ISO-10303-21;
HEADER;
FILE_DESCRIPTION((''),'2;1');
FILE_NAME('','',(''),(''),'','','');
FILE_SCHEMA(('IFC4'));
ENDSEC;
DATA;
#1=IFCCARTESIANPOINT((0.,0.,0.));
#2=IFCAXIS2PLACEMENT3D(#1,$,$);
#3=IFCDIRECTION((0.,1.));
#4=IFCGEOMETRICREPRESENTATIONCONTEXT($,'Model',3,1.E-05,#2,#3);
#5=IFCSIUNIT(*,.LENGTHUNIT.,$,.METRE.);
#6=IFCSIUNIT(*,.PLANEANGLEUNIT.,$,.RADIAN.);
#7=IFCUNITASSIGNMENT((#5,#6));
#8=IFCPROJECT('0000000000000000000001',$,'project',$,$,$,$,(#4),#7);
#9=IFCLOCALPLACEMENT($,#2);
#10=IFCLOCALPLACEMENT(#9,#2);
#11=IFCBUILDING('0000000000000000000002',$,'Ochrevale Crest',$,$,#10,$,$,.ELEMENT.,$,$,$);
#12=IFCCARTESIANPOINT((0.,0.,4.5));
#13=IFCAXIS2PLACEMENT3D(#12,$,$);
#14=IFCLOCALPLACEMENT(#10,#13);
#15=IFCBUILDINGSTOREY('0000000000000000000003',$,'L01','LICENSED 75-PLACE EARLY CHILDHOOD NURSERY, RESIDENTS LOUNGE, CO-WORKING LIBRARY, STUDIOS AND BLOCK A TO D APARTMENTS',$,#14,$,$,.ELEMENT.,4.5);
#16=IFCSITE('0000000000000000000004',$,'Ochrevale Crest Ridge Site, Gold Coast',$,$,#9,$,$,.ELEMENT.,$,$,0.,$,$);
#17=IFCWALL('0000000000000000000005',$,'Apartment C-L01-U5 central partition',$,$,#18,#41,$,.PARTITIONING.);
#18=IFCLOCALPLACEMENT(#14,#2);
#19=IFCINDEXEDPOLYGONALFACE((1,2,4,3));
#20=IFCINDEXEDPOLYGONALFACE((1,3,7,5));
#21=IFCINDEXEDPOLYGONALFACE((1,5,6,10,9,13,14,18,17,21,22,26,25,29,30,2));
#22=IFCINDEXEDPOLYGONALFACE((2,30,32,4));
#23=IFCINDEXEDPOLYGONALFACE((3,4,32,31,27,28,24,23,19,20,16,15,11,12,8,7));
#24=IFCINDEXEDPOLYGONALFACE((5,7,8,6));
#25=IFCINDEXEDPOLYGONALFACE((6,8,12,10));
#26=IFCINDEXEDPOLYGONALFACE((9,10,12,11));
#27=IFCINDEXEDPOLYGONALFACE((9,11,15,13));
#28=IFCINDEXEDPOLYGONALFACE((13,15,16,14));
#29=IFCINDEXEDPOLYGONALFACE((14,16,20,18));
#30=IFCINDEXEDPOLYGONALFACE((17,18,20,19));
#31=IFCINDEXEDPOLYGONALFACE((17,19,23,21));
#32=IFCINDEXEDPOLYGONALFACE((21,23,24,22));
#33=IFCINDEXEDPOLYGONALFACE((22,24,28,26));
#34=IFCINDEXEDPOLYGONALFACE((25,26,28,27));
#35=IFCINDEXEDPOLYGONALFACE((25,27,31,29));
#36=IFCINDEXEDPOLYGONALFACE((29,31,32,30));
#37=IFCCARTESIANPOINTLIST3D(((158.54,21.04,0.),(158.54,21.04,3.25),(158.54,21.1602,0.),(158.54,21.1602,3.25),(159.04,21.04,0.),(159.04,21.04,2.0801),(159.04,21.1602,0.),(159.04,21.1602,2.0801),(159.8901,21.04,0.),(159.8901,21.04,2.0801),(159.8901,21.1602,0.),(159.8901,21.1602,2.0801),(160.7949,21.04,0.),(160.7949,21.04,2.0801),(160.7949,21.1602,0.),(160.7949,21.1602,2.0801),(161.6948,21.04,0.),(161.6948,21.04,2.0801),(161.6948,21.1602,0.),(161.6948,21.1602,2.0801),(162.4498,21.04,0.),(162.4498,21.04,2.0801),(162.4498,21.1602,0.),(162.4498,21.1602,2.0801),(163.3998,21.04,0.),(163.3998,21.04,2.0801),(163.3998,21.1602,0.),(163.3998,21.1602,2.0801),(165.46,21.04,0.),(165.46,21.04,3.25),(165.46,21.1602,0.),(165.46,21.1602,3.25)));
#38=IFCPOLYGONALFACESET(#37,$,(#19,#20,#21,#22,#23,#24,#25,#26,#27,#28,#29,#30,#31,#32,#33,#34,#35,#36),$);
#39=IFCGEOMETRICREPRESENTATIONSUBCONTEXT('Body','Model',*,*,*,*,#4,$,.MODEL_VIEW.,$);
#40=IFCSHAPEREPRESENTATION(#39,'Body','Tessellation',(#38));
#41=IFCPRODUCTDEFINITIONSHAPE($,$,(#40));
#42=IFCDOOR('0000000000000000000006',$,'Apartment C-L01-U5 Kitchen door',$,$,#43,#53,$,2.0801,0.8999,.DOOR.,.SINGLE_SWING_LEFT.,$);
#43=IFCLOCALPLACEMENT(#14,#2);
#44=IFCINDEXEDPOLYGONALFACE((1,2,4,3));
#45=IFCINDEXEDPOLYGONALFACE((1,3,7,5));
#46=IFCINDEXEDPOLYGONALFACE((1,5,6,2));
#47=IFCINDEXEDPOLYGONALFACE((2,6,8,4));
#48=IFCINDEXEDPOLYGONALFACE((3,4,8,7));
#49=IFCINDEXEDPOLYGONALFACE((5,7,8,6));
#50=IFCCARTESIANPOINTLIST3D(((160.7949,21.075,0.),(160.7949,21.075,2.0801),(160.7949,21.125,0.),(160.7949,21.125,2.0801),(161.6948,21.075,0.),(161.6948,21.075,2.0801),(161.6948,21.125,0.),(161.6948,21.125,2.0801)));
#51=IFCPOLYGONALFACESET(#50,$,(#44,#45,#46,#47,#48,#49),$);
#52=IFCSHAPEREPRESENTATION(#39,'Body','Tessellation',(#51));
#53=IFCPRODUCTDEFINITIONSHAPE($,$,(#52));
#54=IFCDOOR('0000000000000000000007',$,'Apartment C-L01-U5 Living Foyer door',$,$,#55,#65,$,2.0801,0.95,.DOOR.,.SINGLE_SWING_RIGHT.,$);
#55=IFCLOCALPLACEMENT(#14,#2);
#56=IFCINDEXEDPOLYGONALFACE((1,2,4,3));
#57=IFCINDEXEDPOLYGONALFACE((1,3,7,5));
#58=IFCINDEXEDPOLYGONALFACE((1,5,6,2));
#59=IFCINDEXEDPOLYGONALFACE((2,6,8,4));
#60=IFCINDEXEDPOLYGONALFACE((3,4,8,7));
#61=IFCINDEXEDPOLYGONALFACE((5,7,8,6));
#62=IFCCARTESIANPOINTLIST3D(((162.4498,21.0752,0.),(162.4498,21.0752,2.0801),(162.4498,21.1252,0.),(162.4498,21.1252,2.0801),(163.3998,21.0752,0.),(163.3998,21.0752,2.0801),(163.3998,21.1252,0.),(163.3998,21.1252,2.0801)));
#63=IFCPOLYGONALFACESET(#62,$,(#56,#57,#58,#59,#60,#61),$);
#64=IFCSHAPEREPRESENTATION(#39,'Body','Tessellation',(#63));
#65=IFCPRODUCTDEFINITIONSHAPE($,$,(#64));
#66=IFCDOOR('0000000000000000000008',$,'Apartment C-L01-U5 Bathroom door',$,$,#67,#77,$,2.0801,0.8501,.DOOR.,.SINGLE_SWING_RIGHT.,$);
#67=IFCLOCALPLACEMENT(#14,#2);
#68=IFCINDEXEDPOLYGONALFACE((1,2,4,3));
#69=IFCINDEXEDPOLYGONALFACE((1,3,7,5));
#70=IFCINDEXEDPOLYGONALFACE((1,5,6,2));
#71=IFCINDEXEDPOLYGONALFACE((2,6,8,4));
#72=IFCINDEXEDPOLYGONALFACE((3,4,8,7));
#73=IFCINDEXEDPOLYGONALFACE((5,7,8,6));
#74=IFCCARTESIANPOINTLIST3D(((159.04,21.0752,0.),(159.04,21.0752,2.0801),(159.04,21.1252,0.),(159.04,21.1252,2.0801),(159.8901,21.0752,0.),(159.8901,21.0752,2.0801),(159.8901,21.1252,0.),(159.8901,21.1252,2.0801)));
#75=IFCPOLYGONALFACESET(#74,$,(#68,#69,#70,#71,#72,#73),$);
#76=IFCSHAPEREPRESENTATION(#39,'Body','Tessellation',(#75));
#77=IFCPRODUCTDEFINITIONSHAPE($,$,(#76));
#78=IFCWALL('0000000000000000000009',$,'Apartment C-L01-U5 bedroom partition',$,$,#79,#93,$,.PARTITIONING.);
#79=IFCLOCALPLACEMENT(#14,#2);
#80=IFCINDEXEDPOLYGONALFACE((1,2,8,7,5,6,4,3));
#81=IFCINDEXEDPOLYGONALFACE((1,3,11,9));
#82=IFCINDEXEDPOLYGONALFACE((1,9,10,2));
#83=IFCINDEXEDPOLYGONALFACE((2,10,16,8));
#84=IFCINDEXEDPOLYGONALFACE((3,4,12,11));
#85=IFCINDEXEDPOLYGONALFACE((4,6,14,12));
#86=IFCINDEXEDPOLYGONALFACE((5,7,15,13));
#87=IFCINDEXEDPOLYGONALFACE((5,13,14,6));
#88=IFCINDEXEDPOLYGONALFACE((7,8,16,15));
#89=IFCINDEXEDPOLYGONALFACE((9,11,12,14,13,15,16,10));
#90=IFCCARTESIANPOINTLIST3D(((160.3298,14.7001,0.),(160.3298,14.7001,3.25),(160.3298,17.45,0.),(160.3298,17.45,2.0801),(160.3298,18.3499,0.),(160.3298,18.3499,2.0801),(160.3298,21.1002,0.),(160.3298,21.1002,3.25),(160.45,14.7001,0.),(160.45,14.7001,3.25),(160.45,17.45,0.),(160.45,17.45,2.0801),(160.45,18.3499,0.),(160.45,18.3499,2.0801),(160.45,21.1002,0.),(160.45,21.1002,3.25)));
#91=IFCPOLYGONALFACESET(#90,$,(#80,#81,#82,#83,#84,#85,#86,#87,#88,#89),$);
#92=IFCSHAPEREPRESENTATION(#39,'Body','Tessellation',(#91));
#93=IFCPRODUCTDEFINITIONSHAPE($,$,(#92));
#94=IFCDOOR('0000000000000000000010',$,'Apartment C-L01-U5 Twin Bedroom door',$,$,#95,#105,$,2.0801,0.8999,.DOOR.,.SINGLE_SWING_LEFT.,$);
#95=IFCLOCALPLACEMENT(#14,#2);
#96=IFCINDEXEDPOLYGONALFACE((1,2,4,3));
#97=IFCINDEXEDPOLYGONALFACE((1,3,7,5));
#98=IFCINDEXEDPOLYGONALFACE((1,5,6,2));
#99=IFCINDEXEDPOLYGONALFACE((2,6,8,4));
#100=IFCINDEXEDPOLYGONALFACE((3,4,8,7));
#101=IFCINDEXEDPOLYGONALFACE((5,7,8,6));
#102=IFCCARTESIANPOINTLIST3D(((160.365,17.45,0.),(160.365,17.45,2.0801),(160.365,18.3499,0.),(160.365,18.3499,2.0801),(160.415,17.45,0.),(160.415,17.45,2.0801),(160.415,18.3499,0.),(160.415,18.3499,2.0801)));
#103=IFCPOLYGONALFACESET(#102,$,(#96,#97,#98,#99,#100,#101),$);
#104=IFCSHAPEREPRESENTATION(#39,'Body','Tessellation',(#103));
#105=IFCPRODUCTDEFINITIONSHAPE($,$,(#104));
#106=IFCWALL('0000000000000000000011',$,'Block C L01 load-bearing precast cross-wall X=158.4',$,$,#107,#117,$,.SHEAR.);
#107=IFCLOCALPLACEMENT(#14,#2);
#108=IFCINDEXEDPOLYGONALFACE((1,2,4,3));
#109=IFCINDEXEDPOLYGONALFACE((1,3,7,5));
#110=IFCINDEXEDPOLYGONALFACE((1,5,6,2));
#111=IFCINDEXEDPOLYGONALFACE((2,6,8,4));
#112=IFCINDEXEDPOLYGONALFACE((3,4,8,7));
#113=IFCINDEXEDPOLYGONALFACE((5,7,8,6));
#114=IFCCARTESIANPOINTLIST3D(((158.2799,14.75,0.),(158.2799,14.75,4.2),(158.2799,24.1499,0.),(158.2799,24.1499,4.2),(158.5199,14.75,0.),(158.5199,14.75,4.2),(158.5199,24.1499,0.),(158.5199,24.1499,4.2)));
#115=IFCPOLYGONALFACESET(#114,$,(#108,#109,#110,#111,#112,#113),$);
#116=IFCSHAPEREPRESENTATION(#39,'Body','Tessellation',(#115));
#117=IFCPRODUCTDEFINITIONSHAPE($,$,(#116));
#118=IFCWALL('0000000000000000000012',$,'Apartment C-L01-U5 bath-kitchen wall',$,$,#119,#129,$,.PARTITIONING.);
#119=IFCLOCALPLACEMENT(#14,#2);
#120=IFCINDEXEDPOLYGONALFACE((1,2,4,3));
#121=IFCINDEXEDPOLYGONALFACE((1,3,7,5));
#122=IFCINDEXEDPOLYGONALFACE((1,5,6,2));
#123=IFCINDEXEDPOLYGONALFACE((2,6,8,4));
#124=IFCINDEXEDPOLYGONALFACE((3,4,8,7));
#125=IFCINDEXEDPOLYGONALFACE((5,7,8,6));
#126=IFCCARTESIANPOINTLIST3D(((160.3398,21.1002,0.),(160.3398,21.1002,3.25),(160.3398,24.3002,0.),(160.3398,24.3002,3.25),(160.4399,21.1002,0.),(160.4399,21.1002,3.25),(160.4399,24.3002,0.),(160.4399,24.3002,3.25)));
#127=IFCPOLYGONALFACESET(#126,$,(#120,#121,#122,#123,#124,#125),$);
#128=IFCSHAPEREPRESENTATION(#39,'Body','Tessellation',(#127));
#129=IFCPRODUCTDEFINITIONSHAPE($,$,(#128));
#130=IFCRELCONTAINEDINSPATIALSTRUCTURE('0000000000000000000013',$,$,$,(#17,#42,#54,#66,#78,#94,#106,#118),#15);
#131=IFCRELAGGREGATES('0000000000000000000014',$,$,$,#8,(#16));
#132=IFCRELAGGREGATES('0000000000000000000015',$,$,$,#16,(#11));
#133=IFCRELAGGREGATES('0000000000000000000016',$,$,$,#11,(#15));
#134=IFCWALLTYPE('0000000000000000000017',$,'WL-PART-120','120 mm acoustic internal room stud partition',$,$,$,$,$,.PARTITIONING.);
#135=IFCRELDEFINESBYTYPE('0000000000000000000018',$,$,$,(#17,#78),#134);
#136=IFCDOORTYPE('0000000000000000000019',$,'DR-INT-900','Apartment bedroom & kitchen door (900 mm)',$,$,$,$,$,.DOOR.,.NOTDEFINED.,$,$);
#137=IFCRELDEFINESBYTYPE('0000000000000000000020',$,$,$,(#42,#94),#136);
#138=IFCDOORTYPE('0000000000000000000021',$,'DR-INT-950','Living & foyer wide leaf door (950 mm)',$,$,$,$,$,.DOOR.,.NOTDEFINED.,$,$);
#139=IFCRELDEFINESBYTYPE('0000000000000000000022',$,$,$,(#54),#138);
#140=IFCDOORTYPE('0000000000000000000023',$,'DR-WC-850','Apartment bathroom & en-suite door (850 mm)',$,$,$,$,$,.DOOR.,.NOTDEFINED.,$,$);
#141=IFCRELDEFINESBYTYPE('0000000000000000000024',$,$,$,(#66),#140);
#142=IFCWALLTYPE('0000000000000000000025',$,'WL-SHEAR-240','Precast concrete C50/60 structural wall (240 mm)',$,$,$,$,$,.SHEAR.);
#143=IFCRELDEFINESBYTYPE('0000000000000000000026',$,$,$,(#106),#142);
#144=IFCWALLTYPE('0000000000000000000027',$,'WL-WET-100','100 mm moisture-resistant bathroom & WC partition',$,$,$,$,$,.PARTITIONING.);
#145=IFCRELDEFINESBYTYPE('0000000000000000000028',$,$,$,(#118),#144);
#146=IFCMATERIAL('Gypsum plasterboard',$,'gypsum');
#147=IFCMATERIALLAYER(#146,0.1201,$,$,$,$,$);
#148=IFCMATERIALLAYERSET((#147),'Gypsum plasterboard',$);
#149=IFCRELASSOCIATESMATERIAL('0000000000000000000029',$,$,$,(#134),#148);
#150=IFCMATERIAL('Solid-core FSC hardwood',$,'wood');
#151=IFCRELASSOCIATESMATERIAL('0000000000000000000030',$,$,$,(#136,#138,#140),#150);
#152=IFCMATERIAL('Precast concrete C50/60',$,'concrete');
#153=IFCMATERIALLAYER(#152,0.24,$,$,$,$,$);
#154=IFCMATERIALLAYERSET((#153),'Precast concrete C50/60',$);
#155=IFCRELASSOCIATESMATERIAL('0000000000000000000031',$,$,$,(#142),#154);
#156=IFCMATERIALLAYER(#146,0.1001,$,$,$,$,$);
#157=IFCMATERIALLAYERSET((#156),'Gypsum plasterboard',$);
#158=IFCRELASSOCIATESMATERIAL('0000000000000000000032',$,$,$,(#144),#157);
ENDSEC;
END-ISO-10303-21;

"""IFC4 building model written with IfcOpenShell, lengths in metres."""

from ifc_helpers import new_model, si_unit, direction, frame, frame_2d, origin, place, context, subcontext, project, spatial, rectangle, extrude, material, layer, layer_set, type_object, element, fill, save


model = new_model("IFC4")

# Units and contexts
model_context = context("Model", 3, precision=1e-05, world=origin(), true_north=direction((0.0, 1.0)))
body_context = subcontext(model_context, "Body", "Model", "MODEL_VIEW")
ifc_project = project(units=[si_unit("LENGTHUNIT", "METRE"), si_unit("PLANEANGLEUNIT", "RADIAN")], contexts=[model_context])

# Site, building, storey
site_placement = place(None, origin())
site = spatial("IfcSite", under=ifc_project, at=site_placement, Name="Ochrevale Crest Ridge Site, Gold Coast", CompositionType="ELEMENT", RefElevation=0.0)
building_placement = place(site_placement, origin())
building = spatial("IfcBuilding", under=site, at=building_placement, Name="Ochrevale Crest", CompositionType="ELEMENT")
storey_placement = place(building_placement, frame((0.0, 0.0, 4.5)))
storey = spatial("IfcBuildingStorey", under=building, at=storey_placement, Name="L01", Description="LICENSED 75-PLACE EARLY CHILDHOOD NURSERY, RESIDENTS LOUNGE, CO-WORKING LIBRARY, STUDIOS AND BLOCK A TO D APARTMENTS", CompositionType="ELEMENT", Elevation=4.5)

# Shared definitions
ifc_material_1 = material(Name="Precast concrete C50/60", Category="concrete")

# Wall, openings, doors
ifc_material_2 = material(Name="Gypsum plasterboard", Category="gypsum")
ifc_layer_1 = layer(ifc_material_2, 0.1201)
ifc_layer_set_1 = layer_set([ifc_layer_1], Name="Gypsum plasterboard")
wall_type_1 = type_object("IfcWallType", Name="WL-PART-120", Description="120 mm acoustic internal room stud partition", PredefinedType="PARTITIONING", material=ifc_layer_set_1)
wall_1_placement = place(storey_placement, frame((158.54, 21.1001, 0.0), z_axis=(0.0, 0.0, 1.0), x_axis=(1.0, 0.0, 0.0)))
wall_1 = element("IfcWall", 1, at=wall_1_placement, inside=storey, type_object=wall_type_1, Name="Apartment C-L01-U5 central partition", PredefinedType="PARTITIONING", context=body_context, shape_type="SweptSolid", body=[
    extrude(rectangle(XDim=6.9199, YDim=0.1201, at=frame_2d((3.46, 0.0))), origin(), (0.0, 0.0, 1.0), 3.25),
])
opening_1_placement = place(wall_1_placement, frame((1.3501, 0.0, 0.0), z_axis=(0.0, 0.0, 1.0), x_axis=(-1.0, 0.0, 0.0)))
opening_1 = element("IfcOpeningElement", 2, at=opening_1_placement, cuts=wall_1, PredefinedType="OPENING", context=body_context, shape_type="SweptSolid", body=[
    extrude(rectangle(XDim=0.8501, YDim=2.0801, at=frame_2d((0.425, 1.04))), frame((0.0, 0.0701, 0.0), z_axis=(0.0, -1.0, 0.0), x_axis=(1.0, 0.0, 0.0)), (0.0, 0.0, 1.0), 0.1401),
])
opening_2_placement = place(wall_1_placement, frame((2.2549, 0.0, 0.0)))
opening_2 = element("IfcOpeningElement", 3, at=opening_2_placement, cuts=wall_1, PredefinedType="OPENING", context=body_context, shape_type="SweptSolid", body=[
    extrude(rectangle(XDim=0.8999, YDim=2.0801, at=frame_2d((0.45, 1.04))), frame((0.0, 0.0701, 0.0), z_axis=(0.0, -1.0, 0.0), x_axis=(1.0, 0.0, 0.0)), (0.0, 0.0, 1.0), 0.1401),
])
opening_3_placement = place(wall_1_placement, frame((4.8599, 0.0, 0.0), z_axis=(0.0, 0.0, 1.0), x_axis=(-1.0, 0.0, 0.0)))
opening_3 = element("IfcOpeningElement", 4, at=opening_3_placement, cuts=wall_1, PredefinedType="OPENING", context=body_context, shape_type="SweptSolid", body=[
    extrude(rectangle(XDim=0.95, YDim=2.0801, at=frame_2d((0.4751, 1.04))), frame((0.0, 0.0701, 0.0), z_axis=(0.0, -1.0, 0.0), x_axis=(1.0, 0.0, 0.0)), (0.0, 0.0, 1.0), 0.1401),
])
ifc_material_3 = material(Name="Solid-core FSC hardwood", Category="wood")
door_type_1 = type_object("IfcDoorType", Name="DR-INT-900", Description="Apartment bedroom & kitchen door (900 mm)", OperationType="NOTDEFINED", PredefinedType="DOOR", material=ifc_material_3)
door_1_placement = place(opening_2_placement, origin())
door_1 = element("IfcDoor", 5, at=door_1_placement, inside=storey, type_object=door_type_1, Name="Apartment C-L01-U5 Kitchen door", OperationType="SINGLE_SWING_LEFT", OverallHeight=2.0801, OverallWidth=0.8999, PredefinedType="DOOR", context=body_context, shape_type="SweptSolid", body=[
    extrude(rectangle(XDim=0.8999, YDim=2.0801, at=frame_2d((0.45, 1.04))), frame((0.0, 0.0249, 0.0), z_axis=(0.0, -1.0, 0.0), x_axis=(1.0, 0.0, 0.0)), (0.0, 0.0, 1.0), 0.05),
])
fill(opening_2, door_1)
door_type_2 = type_object("IfcDoorType", Name="DR-INT-950", Description="Living & foyer wide leaf door (950 mm)", OperationType="NOTDEFINED", PredefinedType="DOOR", material=ifc_material_3)
door_2_placement = place(opening_3_placement, origin())
door_2 = element("IfcDoor", 6, at=door_2_placement, inside=storey, type_object=door_type_2, Name="Apartment C-L01-U5 Living Foyer door", OperationType="SINGLE_SWING_RIGHT", OverallHeight=2.0801, OverallWidth=0.95, PredefinedType="DOOR", context=body_context, shape_type="SweptSolid", body=[
    extrude(rectangle(XDim=0.95, YDim=2.0801, at=frame_2d((0.4751, 1.04))), frame((0.0, 0.0249, 0.0), z_axis=(0.0, -1.0, 0.0), x_axis=(1.0, 0.0, 0.0)), (0.0, 0.0, 1.0), 0.05),
])
fill(opening_3, door_2)
door_type_3 = type_object("IfcDoorType", Name="DR-WC-850", Description="Apartment bathroom & en-suite door (850 mm)", OperationType="NOTDEFINED", PredefinedType="DOOR", material=ifc_material_3)
door_3_placement = place(opening_1_placement, origin())
door_3 = element("IfcDoor", 7, at=door_3_placement, inside=storey, type_object=door_type_3, Name="Apartment C-L01-U5 Bathroom door", OperationType="SINGLE_SWING_RIGHT", OverallHeight=2.0801, OverallWidth=0.8501, PredefinedType="DOOR", context=body_context, shape_type="SweptSolid", body=[
    extrude(rectangle(XDim=0.8501, YDim=2.0801, at=frame_2d((0.425, 1.04))), frame((0.0, 0.0249, 0.0), z_axis=(0.0, -1.0, 0.0), x_axis=(1.0, 0.0, 0.0)), (0.0, 0.0, 1.0), 0.05),
])
fill(opening_1, door_3)

# Wall, opening, door
wall_2_placement = place(storey_placement, frame((160.3899, 14.7, 0.0), z_axis=(0.0, 0.0, 1.0), x_axis=(0.0, 1.0, 0.0)))
wall_2 = element("IfcWall", 8, at=wall_2_placement, inside=storey, type_object=wall_type_1, Name="Apartment C-L01-U5 bedroom partition", PredefinedType="PARTITIONING", context=body_context, shape_type="SweptSolid", body=[
    extrude(rectangle(XDim=6.4001, YDim=0.1201, at=frame_2d((3.2002, 0.0))), origin(), (0.0, 0.0, 1.0), 3.25),
])
opening_4_placement = place(wall_2_placement, frame((2.75, 0.0, 0.0)))
opening_4 = element("IfcOpeningElement", 9, at=opening_4_placement, cuts=wall_2, PredefinedType="OPENING", context=body_context, shape_type="SweptSolid", body=[
    extrude(rectangle(XDim=0.8999, YDim=2.0801, at=frame_2d((0.45, 1.04))), frame((0.0, 0.0701, 0.0), z_axis=(0.0, -1.0, 0.0), x_axis=(1.0, 0.0, 0.0)), (0.0, 0.0, 1.0), 0.1401),
])
door_4_placement = place(opening_4_placement, origin())
door_4 = element("IfcDoor", 10, at=door_4_placement, inside=storey, type_object=door_type_1, Name="Apartment C-L01-U5 Twin Bedroom door", OperationType="SINGLE_SWING_LEFT", OverallHeight=2.0801, OverallWidth=0.8999, PredefinedType="DOOR", context=body_context, shape_type="SweptSolid", body=[
    extrude(rectangle(XDim=0.8999, YDim=2.0801, at=frame_2d((0.45, 1.04))), frame((0.0, 0.0249, 0.0), z_axis=(0.0, -1.0, 0.0), x_axis=(1.0, 0.0, 0.0)), (0.0, 0.0, 1.0), 0.05),
])
fill(opening_4, door_4)

# Walls
ifc_layer_2 = layer(ifc_material_1, 0.24)
ifc_layer_set_2 = layer_set([ifc_layer_2], Name="Precast concrete C50/60")
wall_type_2 = type_object("IfcWallType", Name="WL-SHEAR-240", Description="Precast concrete C50/60 structural wall (240 mm)", PredefinedType="SHEAR", material=ifc_layer_set_2)
wall_3_placement = place(storey_placement, frame((158.3999, 14.75, 0.0), z_axis=(0.0, 0.0, 1.0), x_axis=(0.0, 1.0, 0.0)))
element("IfcWall", 11, at=wall_3_placement, inside=storey, type_object=wall_type_2, Name="Block C L01 load-bearing precast cross-wall X=158.4", PredefinedType="SHEAR", context=body_context, shape_type="SweptSolid", body=[
    extrude(rectangle(XDim=9.3999, YDim=0.24, at=frame_2d((4.7, 0.0))), origin(), (0.0, 0.0, 1.0), 4.2),
])
ifc_layer_3 = layer(ifc_material_2, 0.1001)
ifc_layer_set_3 = layer_set([ifc_layer_3], Name="Gypsum plasterboard")
wall_type_3 = type_object("IfcWallType", Name="WL-WET-100", Description="100 mm moisture-resistant bathroom & WC partition", PredefinedType="PARTITIONING", material=ifc_layer_set_3)
wall_4_placement = place(storey_placement, frame((160.3899, 21.1001, 0.0), z_axis=(0.0, 0.0, 1.0), x_axis=(0.0, 1.0, 0.0)))
element("IfcWall", 12, at=wall_4_placement, inside=storey, type_object=wall_type_3, Name="Apartment C-L01-U5 bath-kitchen wall", PredefinedType="PARTITIONING", context=body_context, shape_type="SweptSolid", body=[
    extrude(rectangle(XDim=3.2, YDim=0.1001, at=frame_2d((1.6001, 0.0))), origin(), (0.0, 0.0, 1.0), 3.25),
])

save(model, "model.ifc")
